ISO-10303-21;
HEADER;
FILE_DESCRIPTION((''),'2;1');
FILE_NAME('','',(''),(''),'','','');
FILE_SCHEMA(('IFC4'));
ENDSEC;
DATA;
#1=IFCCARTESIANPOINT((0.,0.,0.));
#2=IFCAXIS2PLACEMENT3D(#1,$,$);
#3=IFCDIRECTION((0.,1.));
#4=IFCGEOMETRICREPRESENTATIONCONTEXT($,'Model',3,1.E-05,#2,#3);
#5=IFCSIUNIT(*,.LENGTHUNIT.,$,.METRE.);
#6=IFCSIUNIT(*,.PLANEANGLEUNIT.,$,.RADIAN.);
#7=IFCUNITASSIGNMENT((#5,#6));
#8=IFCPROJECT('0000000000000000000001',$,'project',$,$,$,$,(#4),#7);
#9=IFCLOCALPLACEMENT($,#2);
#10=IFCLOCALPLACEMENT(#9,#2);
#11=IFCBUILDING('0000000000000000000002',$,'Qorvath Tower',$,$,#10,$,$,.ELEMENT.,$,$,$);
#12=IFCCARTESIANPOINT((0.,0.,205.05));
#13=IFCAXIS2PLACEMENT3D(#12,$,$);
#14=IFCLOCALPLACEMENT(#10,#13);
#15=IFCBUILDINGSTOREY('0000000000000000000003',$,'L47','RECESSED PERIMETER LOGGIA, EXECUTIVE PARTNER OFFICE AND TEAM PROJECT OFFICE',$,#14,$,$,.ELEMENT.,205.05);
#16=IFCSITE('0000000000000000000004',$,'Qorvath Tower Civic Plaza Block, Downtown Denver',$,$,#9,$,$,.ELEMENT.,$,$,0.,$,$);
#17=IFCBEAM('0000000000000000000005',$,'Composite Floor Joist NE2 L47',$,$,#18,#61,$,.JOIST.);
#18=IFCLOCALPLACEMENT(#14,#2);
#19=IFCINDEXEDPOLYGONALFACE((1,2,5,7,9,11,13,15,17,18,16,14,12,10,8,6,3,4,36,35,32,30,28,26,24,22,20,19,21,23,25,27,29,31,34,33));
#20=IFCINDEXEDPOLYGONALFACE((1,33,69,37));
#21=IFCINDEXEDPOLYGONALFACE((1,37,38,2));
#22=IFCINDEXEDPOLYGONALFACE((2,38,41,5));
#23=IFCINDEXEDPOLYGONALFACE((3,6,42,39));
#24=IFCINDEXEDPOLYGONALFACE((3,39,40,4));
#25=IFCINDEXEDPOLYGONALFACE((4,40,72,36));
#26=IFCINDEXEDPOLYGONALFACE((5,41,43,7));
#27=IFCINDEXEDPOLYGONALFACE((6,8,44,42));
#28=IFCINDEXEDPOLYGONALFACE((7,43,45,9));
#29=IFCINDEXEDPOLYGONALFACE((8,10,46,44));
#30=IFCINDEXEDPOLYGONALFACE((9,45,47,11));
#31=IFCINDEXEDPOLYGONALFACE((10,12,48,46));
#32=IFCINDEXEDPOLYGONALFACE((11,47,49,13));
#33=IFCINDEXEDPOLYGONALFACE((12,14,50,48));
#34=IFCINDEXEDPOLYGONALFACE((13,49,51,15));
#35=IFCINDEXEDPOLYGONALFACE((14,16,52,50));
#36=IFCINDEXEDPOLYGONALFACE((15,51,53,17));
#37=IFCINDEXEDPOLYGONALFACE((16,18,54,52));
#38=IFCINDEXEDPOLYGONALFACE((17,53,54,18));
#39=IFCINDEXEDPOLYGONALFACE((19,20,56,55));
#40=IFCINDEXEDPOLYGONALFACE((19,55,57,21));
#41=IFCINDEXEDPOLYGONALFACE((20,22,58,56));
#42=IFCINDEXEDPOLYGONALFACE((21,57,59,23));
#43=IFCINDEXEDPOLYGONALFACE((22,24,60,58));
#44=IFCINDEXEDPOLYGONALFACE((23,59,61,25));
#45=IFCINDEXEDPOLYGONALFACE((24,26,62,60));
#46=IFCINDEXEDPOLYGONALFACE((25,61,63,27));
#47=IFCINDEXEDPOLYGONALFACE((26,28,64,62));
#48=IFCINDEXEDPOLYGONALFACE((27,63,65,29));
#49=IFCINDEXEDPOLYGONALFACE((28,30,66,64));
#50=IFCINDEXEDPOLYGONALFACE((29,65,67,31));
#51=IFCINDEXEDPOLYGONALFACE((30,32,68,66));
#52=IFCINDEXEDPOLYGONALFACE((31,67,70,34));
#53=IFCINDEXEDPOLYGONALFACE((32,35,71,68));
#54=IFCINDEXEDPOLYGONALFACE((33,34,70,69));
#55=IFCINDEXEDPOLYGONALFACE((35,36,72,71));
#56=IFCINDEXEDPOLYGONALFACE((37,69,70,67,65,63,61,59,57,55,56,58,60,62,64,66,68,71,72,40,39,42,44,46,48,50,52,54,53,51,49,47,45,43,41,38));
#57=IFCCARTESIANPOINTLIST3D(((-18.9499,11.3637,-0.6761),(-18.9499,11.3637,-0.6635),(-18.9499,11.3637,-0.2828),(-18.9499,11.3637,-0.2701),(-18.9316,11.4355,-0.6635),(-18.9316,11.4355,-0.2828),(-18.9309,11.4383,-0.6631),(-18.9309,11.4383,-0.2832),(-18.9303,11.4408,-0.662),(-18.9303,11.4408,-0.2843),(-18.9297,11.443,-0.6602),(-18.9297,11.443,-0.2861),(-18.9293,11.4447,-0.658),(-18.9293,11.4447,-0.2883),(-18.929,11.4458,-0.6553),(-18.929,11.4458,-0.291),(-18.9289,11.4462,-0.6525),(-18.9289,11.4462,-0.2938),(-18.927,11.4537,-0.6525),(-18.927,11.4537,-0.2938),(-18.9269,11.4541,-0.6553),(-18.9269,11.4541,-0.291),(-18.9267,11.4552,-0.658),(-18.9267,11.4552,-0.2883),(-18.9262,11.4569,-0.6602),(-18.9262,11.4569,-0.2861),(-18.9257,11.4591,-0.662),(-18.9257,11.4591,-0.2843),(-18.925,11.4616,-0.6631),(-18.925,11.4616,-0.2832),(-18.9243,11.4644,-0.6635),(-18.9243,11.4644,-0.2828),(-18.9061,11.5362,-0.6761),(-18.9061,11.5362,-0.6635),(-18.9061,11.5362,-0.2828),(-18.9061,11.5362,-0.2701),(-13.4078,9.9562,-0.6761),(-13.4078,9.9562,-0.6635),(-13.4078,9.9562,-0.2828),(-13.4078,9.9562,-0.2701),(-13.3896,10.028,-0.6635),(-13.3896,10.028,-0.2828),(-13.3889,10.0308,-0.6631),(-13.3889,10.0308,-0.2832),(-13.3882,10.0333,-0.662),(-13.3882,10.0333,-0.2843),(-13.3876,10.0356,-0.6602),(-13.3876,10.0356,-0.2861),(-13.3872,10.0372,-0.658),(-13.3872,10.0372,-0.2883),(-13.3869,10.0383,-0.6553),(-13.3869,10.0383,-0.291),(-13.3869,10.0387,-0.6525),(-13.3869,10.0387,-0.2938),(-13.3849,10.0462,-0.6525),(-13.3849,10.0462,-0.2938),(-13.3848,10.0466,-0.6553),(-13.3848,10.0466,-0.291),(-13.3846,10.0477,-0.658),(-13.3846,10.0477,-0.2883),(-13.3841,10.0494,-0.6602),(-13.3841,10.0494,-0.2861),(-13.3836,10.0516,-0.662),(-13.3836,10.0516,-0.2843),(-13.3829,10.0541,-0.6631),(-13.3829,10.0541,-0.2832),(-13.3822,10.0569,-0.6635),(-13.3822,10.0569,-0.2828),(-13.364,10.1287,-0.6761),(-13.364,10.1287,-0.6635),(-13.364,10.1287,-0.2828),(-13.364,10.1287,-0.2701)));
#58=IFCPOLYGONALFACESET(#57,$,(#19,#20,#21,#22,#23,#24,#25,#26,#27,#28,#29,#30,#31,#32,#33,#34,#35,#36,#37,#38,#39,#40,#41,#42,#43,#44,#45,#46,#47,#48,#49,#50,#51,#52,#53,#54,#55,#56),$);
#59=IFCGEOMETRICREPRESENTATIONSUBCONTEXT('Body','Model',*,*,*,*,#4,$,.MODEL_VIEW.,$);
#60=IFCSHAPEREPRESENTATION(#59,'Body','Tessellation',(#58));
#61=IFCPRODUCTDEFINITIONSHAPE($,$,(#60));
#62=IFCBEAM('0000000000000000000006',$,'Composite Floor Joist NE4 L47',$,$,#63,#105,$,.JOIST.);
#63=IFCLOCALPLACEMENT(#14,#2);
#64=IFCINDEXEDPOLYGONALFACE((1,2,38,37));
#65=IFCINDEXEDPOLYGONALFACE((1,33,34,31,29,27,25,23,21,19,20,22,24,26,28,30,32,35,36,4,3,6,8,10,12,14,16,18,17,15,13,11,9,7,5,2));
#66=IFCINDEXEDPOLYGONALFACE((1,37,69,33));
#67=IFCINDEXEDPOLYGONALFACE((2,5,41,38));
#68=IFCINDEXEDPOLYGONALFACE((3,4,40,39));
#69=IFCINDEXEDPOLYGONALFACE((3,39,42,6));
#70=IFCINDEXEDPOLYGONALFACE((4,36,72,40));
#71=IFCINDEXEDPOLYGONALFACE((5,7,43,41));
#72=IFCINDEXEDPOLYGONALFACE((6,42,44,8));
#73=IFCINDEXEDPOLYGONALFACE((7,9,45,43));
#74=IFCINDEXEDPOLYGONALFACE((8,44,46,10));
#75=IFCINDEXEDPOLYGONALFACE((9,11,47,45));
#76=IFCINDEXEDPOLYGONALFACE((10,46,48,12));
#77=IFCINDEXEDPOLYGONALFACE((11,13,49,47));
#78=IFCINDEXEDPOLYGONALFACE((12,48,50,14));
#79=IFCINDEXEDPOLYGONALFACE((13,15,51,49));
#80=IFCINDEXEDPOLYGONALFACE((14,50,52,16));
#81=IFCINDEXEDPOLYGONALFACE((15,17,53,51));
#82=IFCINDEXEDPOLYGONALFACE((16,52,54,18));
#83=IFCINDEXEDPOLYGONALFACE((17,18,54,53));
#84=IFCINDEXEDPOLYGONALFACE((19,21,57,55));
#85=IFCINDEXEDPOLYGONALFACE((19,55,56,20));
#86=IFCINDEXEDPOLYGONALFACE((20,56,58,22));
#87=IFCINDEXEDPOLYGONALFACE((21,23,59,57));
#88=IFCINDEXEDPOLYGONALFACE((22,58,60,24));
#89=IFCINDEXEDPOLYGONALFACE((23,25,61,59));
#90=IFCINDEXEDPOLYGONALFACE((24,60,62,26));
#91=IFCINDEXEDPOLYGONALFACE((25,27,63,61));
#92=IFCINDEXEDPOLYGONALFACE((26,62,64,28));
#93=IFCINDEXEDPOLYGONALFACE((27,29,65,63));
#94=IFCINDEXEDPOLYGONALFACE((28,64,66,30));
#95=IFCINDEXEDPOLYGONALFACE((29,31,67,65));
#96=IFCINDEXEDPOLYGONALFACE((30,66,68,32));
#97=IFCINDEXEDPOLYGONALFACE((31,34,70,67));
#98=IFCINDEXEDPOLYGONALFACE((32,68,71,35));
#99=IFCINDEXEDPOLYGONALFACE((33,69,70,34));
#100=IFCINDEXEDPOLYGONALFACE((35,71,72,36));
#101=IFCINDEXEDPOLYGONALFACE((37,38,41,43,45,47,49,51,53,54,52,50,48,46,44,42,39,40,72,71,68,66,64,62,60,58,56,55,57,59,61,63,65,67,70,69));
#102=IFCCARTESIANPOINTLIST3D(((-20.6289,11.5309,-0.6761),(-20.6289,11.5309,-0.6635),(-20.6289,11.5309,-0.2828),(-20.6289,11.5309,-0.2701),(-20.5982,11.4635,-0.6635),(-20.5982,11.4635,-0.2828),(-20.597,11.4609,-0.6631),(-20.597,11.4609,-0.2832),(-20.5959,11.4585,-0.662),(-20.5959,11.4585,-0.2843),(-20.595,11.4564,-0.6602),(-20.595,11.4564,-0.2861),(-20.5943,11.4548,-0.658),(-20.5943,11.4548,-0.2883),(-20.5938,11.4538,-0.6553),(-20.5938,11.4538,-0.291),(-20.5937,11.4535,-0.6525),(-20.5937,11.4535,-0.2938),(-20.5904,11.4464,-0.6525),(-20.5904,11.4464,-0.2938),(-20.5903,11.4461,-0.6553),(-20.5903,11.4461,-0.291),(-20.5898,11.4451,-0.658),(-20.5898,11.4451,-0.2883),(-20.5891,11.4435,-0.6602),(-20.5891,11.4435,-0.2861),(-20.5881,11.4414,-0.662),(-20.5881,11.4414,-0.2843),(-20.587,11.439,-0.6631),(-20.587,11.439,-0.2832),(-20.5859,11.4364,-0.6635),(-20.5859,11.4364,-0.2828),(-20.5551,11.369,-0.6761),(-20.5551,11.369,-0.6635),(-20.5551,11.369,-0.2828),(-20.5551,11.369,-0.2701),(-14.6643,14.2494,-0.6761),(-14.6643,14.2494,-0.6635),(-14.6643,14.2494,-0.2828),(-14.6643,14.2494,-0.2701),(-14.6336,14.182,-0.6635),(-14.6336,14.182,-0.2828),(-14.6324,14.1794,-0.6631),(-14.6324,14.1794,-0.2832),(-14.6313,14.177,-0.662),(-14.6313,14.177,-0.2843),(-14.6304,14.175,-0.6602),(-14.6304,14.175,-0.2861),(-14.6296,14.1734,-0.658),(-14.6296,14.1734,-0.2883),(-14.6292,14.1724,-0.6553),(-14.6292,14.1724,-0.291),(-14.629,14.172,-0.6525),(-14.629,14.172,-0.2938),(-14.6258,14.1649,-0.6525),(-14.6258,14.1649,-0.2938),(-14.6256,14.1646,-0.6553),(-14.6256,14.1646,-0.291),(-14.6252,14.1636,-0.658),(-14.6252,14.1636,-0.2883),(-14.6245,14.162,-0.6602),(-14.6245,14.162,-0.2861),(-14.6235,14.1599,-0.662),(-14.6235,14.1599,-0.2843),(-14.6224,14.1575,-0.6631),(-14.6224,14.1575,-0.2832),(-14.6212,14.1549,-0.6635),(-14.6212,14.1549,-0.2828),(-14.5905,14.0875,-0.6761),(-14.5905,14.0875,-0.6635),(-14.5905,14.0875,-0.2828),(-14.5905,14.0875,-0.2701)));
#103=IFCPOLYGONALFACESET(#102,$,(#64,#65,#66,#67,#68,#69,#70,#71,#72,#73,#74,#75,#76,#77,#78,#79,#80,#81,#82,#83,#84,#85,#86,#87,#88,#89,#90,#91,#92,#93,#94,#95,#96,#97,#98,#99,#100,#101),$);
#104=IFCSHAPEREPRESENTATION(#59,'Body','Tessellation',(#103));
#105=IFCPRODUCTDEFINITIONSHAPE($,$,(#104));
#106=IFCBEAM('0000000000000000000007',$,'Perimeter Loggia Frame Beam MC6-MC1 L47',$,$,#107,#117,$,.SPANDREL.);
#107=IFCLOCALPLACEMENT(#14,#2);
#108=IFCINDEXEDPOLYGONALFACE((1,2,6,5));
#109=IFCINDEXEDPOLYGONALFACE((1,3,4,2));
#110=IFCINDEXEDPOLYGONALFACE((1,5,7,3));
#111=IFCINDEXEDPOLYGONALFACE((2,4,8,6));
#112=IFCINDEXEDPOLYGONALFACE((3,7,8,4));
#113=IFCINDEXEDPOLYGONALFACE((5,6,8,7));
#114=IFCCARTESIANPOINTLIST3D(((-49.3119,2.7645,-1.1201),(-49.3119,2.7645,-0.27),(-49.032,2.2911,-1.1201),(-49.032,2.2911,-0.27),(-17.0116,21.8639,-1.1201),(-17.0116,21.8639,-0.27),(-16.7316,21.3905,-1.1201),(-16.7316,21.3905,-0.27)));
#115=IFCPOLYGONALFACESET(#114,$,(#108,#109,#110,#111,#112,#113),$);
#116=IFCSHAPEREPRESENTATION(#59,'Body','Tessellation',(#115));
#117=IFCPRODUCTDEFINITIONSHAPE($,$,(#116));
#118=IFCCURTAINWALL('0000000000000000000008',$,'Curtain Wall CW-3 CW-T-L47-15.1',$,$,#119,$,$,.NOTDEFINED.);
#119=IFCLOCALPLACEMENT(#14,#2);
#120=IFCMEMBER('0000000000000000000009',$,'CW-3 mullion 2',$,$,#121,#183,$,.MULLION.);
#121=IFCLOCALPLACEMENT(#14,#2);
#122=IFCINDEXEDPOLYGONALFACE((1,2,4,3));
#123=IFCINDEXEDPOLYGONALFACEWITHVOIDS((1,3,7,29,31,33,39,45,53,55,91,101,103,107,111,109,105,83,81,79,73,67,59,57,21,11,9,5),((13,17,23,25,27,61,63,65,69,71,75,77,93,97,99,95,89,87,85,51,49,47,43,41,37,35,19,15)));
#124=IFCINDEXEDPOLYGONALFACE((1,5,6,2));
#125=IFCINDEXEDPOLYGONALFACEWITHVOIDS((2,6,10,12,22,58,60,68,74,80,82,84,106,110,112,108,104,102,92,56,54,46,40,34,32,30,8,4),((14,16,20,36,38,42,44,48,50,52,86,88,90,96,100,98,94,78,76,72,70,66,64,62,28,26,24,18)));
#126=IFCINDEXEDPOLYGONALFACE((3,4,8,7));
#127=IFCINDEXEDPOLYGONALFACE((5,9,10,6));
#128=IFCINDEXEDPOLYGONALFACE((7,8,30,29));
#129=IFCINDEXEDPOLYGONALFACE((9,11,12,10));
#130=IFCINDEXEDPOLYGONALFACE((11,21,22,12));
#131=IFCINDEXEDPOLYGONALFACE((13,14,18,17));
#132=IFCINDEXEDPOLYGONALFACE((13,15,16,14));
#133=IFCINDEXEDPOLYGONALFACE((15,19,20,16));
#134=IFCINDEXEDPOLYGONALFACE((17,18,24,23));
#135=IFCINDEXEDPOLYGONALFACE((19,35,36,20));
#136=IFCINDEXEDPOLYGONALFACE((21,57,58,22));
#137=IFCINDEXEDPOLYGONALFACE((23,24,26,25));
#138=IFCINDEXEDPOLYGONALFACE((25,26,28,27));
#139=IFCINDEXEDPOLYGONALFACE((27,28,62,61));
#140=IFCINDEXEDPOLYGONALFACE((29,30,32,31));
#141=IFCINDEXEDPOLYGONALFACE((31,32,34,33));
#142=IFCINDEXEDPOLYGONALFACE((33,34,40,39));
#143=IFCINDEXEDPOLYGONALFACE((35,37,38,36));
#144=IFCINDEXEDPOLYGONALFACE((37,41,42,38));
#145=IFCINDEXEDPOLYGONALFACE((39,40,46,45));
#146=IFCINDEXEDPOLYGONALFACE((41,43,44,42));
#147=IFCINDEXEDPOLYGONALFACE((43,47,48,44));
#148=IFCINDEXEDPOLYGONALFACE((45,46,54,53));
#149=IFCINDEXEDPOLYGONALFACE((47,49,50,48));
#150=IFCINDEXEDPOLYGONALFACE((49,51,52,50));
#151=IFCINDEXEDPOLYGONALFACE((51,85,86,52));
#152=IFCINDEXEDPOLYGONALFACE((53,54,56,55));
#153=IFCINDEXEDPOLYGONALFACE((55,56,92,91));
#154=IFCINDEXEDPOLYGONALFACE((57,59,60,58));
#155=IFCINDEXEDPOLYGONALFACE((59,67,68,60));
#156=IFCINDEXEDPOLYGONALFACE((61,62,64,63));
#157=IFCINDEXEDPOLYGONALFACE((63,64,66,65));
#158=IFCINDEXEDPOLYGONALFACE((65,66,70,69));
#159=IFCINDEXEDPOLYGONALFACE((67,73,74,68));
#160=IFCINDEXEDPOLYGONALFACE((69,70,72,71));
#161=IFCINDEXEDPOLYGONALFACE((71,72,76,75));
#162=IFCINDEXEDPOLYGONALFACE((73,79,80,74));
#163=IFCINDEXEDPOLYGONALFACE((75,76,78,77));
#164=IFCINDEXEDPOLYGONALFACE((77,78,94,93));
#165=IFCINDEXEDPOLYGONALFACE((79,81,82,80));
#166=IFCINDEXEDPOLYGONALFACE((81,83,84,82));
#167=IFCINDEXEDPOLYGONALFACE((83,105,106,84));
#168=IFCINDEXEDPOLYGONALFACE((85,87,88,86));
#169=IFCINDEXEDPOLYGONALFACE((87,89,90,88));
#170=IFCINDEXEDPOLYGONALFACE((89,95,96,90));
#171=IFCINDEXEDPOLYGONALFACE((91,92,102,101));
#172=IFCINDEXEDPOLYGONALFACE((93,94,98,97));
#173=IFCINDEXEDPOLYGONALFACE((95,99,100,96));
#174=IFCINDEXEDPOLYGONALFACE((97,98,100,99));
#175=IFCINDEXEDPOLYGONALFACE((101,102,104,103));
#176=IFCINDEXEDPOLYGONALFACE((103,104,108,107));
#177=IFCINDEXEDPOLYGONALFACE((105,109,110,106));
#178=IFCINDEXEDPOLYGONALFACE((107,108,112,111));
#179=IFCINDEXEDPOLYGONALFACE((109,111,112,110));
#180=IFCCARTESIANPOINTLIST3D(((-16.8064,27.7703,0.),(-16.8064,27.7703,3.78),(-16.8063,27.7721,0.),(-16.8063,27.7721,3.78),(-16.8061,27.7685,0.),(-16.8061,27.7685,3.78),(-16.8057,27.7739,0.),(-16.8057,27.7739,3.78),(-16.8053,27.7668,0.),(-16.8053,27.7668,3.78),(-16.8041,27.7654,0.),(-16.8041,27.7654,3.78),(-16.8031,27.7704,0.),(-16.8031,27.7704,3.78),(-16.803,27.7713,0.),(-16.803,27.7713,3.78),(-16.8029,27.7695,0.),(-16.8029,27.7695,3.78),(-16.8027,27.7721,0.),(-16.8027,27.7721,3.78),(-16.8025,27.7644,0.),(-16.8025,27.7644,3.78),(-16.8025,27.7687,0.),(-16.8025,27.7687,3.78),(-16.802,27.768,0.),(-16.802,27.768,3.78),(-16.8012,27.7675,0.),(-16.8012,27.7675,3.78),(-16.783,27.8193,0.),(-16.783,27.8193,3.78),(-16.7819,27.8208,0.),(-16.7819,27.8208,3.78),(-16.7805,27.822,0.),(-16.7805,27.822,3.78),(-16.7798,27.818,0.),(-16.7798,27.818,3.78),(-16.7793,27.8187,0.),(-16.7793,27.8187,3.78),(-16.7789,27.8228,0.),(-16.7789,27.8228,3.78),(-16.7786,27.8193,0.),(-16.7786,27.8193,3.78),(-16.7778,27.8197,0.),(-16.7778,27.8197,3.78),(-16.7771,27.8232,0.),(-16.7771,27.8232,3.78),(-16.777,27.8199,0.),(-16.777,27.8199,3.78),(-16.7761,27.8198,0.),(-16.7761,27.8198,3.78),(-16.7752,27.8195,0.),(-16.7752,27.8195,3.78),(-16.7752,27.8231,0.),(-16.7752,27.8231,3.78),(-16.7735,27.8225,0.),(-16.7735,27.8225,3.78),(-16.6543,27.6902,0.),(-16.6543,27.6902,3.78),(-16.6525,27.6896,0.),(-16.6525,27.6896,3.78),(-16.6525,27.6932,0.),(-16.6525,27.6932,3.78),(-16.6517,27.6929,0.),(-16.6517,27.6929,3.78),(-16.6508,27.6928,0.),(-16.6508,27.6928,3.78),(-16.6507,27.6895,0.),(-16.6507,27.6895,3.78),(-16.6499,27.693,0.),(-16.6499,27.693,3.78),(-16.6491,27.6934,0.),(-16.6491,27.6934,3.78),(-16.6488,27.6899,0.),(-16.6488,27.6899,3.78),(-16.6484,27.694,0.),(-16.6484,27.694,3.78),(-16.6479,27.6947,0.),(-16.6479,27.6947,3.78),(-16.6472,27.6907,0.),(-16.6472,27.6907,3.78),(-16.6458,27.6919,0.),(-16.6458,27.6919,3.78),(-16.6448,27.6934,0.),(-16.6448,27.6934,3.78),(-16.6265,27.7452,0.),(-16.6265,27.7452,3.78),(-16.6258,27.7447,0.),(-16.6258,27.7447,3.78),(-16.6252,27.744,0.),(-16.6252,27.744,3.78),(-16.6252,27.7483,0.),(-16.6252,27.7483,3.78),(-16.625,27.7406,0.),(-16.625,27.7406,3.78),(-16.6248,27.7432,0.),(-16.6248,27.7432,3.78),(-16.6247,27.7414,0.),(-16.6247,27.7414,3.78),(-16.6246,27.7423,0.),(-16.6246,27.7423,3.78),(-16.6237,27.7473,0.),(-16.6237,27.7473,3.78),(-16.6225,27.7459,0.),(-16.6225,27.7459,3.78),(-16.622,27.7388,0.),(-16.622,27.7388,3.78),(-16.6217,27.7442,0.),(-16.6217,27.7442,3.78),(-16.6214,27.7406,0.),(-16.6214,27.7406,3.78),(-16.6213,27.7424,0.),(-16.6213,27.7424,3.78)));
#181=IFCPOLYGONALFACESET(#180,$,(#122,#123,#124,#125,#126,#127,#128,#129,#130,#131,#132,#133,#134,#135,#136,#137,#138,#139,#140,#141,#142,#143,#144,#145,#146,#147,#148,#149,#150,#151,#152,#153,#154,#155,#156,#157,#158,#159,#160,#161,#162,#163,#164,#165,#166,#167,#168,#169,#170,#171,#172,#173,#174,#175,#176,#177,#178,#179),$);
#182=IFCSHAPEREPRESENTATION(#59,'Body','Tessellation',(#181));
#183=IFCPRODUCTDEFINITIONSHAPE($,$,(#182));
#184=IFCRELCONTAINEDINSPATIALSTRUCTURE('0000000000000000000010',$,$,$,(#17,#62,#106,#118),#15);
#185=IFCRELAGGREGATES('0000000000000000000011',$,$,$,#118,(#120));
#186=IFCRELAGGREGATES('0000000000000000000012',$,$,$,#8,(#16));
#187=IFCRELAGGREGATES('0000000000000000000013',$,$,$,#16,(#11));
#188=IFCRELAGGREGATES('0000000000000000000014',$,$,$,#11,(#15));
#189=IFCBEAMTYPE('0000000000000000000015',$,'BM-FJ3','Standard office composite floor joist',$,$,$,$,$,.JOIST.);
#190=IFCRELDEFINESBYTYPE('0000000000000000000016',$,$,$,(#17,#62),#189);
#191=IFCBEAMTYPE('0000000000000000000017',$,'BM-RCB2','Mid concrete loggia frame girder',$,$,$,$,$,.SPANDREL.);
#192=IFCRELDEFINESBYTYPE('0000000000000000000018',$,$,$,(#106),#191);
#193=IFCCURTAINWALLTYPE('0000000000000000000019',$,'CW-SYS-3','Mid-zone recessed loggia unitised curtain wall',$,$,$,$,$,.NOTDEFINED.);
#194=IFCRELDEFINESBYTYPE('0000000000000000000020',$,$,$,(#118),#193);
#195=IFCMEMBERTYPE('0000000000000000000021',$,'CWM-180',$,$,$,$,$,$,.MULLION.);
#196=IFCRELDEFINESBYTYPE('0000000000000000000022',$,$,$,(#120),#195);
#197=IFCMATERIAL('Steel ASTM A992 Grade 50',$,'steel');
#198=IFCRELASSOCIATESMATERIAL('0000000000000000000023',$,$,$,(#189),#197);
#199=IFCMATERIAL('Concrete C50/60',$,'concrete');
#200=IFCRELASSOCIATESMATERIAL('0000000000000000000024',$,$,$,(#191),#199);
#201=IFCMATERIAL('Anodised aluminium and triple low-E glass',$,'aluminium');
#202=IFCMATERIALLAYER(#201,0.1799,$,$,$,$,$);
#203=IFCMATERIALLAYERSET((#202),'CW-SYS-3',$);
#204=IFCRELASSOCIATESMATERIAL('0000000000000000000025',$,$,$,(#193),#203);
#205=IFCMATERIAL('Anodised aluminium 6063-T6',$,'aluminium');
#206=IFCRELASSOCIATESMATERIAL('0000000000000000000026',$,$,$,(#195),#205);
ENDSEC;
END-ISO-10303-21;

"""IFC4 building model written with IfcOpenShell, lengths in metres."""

from ifc_helpers import new_model, si_unit, direction, frame, origin, origin_2d, place, context, subcontext, project, spatial, rectangle, hollow_rectangle, i_section, extrude, material, layer, layer_set, material_profile, profile_set, type_object, element, aggregate, save


model = new_model("IFC4")

# Units and contexts
model_context = context("Model", 3, precision=1e-05, world=origin(), true_north=direction((0.0, 1.0)))
body_context = subcontext(model_context, "Body", "Model", "MODEL_VIEW")
ifc_project = project(units=[si_unit("LENGTHUNIT", "METRE"), si_unit("PLANEANGLEUNIT", "RADIAN")], contexts=[model_context])

# Site, building, storey
site_placement = place(None, origin())
site = spatial("IfcSite", under=ifc_project, at=site_placement, Name="Qorvath Tower Civic Plaza Block, Downtown Denver", CompositionType="ELEMENT", RefElevation=0.0)
building_placement = place(site_placement, origin())
building = spatial("IfcBuilding", under=site, at=building_placement, Name="Qorvath Tower", CompositionType="ELEMENT")
storey_placement = place(building_placement, frame((0.0, 0.0, 205.05)))
storey = spatial("IfcBuildingStorey", under=building, at=storey_placement, Name="L47", Description="RECESSED PERIMETER LOGGIA, EXECUTIVE PARTNER OFFICE AND TEAM PROJECT OFFICE", CompositionType="ELEMENT", Elevation=205.05)

# Beams
ifc_material_1 = material(Name="Steel ASTM A992 Grade 50", Category="steel")
ifc_material_profile_1 = material_profile(ifc_material_1, i_section(OverallWidth=0.178, OverallDepth=0.406, WebThickness=0.0078, FlangeThickness=0.0127, FilletRadius=0.011, at=origin_2d()), Name="W16x40")
ifc_profile_set_1 = profile_set([ifc_material_profile_1], Name="Steel ASTM A992 Grade 50")
beam_type_1 = type_object("IfcBeamType", Name="BM-FJ3", Description="Standard office composite floor joist", PredefinedType="JOIST", material=ifc_profile_set_1)
beam_1_placement = place(storey_placement, frame((-18.928, 11.45, -0.4731), z_axis=(0.969232, -0.246151, 0.0), x_axis=(0.246151, 0.969232, 0.0)))
element("IfcBeam", 1, at=beam_1_placement, inside=storey, type_object=beam_type_1, Name="Composite Floor Joist NE2 L47", PredefinedType="JOIST", context=body_context, shape_type="SweptSolid", body=[
    extrude(i_section(OverallWidth=0.178, OverallDepth=0.406, WebThickness=0.0078, FlangeThickness=0.0127, FilletRadius=0.011, at=origin_2d()), origin(), (0.0, 0.0, 1.0), 5.718),
])
beam_2_placement = place(storey_placement, frame((-20.592, 11.45, -0.4731), z_axis=(0.909945, 0.414729, 0.0), x_axis=(-0.414729, 0.909945, 0.0)))
element("IfcBeam", 2, at=beam_2_placement, inside=storey, type_object=beam_type_1, Name="Composite Floor Joist NE4 L47", PredefinedType="JOIST", context=body_context, shape_type="SweptSolid", body=[
    extrude(i_section(OverallWidth=0.178, OverallDepth=0.406, WebThickness=0.0078, FlangeThickness=0.0127, FilletRadius=0.011, at=origin_2d()), origin(), (0.0, 0.0, 1.0), 6.5549),
])
ifc_material_2 = material(Name="Concrete C50/60", Category="concrete")
ifc_material_profile_2 = material_profile(ifc_material_2, rectangle(XDim=0.55, YDim=0.8501, at=origin_2d()), Name="RCB 850x550")
ifc_profile_set_2 = profile_set([ifc_material_profile_2], Name="Concrete C50/60")
beam_type_2 = type_object("IfcBeamType", Name="BM-RCB2", Description="Mid concrete loggia frame girder", PredefinedType="SPANDREL", material=ifc_profile_set_2)
beam_3_placement = place(storey_placement, frame((-16.8716, 21.6272, -0.6951), z_axis=(-0.860777, -0.508983, 0.0), x_axis=(0.508983, -0.860777, 0.0)))
element("IfcBeam", 3, at=beam_3_placement, inside=storey, type_object=beam_type_2, Name="Perimeter Loggia Frame Beam MC6-MC1 L47", PredefinedType="SPANDREL", context=body_context, shape_type="SweptSolid", body=[
    extrude(rectangle(XDim=0.55, YDim=0.8501, at=origin_2d()), origin(), (0.0, 0.0, 1.0), 37.5247),
])

# Curtain wall, member
ifc_material_3 = material(Name="Anodised aluminium and triple low-E glass", Category="aluminium")
ifc_layer_1 = layer(ifc_material_3, 0.1799)
ifc_layer_set_1 = layer_set([ifc_layer_1], Name="CW-SYS-3")
curtain_wall_type = type_object("IfcCurtainWallType", Name="CW-SYS-3", Description="Mid-zone recessed loggia unitised curtain wall", PredefinedType="NOTDEFINED", material=ifc_layer_set_1)
curtain_wall_1_placement = place(storey_placement, origin())
curtain_wall_1 = element("IfcCurtainWall", 4, at=curtain_wall_1_placement, inside=storey, type_object=curtain_wall_type, Name="Curtain Wall CW-3 CW-T-L47-15.1", PredefinedType="NOTDEFINED")
ifc_material_4 = material(Name="Anodised aluminium 6063-T6", Category="aluminium")
ifc_material_profile_3 = material_profile(ifc_material_4, hollow_rectangle(XDim=0.0649, YDim=0.1799, WallThickness=0.0034, InnerFilletRadius=0.0034, OuterFilletRadius=0.0071, at=origin_2d()), Name="CWM 180x65")
ifc_profile_set_3 = profile_set([ifc_material_profile_3], Name="Anodised aluminium 6063-T6")
member_type_1 = type_object("IfcMemberType", Name="CWM-180", PredefinedType="MULLION", material=ifc_profile_set_3)
member_1_placement = place(storey_placement, frame((-16.7139, 27.7563, 0.0), z_axis=(0.0, 0.0, 1.0), x_axis=(-0.447205, -0.894432, 0.0)))
member_1 = element("IfcMember", 5, at=member_1_placement, type_object=member_type_1, Name="CW-3 mullion 2", PredefinedType="MULLION", context=body_context, shape_type="SweptSolid", body=[
    extrude(hollow_rectangle(XDim=0.0649, YDim=0.1799, WallThickness=0.0034, InnerFilletRadius=0.0034, OuterFilletRadius=0.0071, at=origin_2d()), origin(), (0.0, 0.0, 1.0), 3.78),
])

aggregate(curtain_wall_1, [member_1])

save(model, "model.ifc")
